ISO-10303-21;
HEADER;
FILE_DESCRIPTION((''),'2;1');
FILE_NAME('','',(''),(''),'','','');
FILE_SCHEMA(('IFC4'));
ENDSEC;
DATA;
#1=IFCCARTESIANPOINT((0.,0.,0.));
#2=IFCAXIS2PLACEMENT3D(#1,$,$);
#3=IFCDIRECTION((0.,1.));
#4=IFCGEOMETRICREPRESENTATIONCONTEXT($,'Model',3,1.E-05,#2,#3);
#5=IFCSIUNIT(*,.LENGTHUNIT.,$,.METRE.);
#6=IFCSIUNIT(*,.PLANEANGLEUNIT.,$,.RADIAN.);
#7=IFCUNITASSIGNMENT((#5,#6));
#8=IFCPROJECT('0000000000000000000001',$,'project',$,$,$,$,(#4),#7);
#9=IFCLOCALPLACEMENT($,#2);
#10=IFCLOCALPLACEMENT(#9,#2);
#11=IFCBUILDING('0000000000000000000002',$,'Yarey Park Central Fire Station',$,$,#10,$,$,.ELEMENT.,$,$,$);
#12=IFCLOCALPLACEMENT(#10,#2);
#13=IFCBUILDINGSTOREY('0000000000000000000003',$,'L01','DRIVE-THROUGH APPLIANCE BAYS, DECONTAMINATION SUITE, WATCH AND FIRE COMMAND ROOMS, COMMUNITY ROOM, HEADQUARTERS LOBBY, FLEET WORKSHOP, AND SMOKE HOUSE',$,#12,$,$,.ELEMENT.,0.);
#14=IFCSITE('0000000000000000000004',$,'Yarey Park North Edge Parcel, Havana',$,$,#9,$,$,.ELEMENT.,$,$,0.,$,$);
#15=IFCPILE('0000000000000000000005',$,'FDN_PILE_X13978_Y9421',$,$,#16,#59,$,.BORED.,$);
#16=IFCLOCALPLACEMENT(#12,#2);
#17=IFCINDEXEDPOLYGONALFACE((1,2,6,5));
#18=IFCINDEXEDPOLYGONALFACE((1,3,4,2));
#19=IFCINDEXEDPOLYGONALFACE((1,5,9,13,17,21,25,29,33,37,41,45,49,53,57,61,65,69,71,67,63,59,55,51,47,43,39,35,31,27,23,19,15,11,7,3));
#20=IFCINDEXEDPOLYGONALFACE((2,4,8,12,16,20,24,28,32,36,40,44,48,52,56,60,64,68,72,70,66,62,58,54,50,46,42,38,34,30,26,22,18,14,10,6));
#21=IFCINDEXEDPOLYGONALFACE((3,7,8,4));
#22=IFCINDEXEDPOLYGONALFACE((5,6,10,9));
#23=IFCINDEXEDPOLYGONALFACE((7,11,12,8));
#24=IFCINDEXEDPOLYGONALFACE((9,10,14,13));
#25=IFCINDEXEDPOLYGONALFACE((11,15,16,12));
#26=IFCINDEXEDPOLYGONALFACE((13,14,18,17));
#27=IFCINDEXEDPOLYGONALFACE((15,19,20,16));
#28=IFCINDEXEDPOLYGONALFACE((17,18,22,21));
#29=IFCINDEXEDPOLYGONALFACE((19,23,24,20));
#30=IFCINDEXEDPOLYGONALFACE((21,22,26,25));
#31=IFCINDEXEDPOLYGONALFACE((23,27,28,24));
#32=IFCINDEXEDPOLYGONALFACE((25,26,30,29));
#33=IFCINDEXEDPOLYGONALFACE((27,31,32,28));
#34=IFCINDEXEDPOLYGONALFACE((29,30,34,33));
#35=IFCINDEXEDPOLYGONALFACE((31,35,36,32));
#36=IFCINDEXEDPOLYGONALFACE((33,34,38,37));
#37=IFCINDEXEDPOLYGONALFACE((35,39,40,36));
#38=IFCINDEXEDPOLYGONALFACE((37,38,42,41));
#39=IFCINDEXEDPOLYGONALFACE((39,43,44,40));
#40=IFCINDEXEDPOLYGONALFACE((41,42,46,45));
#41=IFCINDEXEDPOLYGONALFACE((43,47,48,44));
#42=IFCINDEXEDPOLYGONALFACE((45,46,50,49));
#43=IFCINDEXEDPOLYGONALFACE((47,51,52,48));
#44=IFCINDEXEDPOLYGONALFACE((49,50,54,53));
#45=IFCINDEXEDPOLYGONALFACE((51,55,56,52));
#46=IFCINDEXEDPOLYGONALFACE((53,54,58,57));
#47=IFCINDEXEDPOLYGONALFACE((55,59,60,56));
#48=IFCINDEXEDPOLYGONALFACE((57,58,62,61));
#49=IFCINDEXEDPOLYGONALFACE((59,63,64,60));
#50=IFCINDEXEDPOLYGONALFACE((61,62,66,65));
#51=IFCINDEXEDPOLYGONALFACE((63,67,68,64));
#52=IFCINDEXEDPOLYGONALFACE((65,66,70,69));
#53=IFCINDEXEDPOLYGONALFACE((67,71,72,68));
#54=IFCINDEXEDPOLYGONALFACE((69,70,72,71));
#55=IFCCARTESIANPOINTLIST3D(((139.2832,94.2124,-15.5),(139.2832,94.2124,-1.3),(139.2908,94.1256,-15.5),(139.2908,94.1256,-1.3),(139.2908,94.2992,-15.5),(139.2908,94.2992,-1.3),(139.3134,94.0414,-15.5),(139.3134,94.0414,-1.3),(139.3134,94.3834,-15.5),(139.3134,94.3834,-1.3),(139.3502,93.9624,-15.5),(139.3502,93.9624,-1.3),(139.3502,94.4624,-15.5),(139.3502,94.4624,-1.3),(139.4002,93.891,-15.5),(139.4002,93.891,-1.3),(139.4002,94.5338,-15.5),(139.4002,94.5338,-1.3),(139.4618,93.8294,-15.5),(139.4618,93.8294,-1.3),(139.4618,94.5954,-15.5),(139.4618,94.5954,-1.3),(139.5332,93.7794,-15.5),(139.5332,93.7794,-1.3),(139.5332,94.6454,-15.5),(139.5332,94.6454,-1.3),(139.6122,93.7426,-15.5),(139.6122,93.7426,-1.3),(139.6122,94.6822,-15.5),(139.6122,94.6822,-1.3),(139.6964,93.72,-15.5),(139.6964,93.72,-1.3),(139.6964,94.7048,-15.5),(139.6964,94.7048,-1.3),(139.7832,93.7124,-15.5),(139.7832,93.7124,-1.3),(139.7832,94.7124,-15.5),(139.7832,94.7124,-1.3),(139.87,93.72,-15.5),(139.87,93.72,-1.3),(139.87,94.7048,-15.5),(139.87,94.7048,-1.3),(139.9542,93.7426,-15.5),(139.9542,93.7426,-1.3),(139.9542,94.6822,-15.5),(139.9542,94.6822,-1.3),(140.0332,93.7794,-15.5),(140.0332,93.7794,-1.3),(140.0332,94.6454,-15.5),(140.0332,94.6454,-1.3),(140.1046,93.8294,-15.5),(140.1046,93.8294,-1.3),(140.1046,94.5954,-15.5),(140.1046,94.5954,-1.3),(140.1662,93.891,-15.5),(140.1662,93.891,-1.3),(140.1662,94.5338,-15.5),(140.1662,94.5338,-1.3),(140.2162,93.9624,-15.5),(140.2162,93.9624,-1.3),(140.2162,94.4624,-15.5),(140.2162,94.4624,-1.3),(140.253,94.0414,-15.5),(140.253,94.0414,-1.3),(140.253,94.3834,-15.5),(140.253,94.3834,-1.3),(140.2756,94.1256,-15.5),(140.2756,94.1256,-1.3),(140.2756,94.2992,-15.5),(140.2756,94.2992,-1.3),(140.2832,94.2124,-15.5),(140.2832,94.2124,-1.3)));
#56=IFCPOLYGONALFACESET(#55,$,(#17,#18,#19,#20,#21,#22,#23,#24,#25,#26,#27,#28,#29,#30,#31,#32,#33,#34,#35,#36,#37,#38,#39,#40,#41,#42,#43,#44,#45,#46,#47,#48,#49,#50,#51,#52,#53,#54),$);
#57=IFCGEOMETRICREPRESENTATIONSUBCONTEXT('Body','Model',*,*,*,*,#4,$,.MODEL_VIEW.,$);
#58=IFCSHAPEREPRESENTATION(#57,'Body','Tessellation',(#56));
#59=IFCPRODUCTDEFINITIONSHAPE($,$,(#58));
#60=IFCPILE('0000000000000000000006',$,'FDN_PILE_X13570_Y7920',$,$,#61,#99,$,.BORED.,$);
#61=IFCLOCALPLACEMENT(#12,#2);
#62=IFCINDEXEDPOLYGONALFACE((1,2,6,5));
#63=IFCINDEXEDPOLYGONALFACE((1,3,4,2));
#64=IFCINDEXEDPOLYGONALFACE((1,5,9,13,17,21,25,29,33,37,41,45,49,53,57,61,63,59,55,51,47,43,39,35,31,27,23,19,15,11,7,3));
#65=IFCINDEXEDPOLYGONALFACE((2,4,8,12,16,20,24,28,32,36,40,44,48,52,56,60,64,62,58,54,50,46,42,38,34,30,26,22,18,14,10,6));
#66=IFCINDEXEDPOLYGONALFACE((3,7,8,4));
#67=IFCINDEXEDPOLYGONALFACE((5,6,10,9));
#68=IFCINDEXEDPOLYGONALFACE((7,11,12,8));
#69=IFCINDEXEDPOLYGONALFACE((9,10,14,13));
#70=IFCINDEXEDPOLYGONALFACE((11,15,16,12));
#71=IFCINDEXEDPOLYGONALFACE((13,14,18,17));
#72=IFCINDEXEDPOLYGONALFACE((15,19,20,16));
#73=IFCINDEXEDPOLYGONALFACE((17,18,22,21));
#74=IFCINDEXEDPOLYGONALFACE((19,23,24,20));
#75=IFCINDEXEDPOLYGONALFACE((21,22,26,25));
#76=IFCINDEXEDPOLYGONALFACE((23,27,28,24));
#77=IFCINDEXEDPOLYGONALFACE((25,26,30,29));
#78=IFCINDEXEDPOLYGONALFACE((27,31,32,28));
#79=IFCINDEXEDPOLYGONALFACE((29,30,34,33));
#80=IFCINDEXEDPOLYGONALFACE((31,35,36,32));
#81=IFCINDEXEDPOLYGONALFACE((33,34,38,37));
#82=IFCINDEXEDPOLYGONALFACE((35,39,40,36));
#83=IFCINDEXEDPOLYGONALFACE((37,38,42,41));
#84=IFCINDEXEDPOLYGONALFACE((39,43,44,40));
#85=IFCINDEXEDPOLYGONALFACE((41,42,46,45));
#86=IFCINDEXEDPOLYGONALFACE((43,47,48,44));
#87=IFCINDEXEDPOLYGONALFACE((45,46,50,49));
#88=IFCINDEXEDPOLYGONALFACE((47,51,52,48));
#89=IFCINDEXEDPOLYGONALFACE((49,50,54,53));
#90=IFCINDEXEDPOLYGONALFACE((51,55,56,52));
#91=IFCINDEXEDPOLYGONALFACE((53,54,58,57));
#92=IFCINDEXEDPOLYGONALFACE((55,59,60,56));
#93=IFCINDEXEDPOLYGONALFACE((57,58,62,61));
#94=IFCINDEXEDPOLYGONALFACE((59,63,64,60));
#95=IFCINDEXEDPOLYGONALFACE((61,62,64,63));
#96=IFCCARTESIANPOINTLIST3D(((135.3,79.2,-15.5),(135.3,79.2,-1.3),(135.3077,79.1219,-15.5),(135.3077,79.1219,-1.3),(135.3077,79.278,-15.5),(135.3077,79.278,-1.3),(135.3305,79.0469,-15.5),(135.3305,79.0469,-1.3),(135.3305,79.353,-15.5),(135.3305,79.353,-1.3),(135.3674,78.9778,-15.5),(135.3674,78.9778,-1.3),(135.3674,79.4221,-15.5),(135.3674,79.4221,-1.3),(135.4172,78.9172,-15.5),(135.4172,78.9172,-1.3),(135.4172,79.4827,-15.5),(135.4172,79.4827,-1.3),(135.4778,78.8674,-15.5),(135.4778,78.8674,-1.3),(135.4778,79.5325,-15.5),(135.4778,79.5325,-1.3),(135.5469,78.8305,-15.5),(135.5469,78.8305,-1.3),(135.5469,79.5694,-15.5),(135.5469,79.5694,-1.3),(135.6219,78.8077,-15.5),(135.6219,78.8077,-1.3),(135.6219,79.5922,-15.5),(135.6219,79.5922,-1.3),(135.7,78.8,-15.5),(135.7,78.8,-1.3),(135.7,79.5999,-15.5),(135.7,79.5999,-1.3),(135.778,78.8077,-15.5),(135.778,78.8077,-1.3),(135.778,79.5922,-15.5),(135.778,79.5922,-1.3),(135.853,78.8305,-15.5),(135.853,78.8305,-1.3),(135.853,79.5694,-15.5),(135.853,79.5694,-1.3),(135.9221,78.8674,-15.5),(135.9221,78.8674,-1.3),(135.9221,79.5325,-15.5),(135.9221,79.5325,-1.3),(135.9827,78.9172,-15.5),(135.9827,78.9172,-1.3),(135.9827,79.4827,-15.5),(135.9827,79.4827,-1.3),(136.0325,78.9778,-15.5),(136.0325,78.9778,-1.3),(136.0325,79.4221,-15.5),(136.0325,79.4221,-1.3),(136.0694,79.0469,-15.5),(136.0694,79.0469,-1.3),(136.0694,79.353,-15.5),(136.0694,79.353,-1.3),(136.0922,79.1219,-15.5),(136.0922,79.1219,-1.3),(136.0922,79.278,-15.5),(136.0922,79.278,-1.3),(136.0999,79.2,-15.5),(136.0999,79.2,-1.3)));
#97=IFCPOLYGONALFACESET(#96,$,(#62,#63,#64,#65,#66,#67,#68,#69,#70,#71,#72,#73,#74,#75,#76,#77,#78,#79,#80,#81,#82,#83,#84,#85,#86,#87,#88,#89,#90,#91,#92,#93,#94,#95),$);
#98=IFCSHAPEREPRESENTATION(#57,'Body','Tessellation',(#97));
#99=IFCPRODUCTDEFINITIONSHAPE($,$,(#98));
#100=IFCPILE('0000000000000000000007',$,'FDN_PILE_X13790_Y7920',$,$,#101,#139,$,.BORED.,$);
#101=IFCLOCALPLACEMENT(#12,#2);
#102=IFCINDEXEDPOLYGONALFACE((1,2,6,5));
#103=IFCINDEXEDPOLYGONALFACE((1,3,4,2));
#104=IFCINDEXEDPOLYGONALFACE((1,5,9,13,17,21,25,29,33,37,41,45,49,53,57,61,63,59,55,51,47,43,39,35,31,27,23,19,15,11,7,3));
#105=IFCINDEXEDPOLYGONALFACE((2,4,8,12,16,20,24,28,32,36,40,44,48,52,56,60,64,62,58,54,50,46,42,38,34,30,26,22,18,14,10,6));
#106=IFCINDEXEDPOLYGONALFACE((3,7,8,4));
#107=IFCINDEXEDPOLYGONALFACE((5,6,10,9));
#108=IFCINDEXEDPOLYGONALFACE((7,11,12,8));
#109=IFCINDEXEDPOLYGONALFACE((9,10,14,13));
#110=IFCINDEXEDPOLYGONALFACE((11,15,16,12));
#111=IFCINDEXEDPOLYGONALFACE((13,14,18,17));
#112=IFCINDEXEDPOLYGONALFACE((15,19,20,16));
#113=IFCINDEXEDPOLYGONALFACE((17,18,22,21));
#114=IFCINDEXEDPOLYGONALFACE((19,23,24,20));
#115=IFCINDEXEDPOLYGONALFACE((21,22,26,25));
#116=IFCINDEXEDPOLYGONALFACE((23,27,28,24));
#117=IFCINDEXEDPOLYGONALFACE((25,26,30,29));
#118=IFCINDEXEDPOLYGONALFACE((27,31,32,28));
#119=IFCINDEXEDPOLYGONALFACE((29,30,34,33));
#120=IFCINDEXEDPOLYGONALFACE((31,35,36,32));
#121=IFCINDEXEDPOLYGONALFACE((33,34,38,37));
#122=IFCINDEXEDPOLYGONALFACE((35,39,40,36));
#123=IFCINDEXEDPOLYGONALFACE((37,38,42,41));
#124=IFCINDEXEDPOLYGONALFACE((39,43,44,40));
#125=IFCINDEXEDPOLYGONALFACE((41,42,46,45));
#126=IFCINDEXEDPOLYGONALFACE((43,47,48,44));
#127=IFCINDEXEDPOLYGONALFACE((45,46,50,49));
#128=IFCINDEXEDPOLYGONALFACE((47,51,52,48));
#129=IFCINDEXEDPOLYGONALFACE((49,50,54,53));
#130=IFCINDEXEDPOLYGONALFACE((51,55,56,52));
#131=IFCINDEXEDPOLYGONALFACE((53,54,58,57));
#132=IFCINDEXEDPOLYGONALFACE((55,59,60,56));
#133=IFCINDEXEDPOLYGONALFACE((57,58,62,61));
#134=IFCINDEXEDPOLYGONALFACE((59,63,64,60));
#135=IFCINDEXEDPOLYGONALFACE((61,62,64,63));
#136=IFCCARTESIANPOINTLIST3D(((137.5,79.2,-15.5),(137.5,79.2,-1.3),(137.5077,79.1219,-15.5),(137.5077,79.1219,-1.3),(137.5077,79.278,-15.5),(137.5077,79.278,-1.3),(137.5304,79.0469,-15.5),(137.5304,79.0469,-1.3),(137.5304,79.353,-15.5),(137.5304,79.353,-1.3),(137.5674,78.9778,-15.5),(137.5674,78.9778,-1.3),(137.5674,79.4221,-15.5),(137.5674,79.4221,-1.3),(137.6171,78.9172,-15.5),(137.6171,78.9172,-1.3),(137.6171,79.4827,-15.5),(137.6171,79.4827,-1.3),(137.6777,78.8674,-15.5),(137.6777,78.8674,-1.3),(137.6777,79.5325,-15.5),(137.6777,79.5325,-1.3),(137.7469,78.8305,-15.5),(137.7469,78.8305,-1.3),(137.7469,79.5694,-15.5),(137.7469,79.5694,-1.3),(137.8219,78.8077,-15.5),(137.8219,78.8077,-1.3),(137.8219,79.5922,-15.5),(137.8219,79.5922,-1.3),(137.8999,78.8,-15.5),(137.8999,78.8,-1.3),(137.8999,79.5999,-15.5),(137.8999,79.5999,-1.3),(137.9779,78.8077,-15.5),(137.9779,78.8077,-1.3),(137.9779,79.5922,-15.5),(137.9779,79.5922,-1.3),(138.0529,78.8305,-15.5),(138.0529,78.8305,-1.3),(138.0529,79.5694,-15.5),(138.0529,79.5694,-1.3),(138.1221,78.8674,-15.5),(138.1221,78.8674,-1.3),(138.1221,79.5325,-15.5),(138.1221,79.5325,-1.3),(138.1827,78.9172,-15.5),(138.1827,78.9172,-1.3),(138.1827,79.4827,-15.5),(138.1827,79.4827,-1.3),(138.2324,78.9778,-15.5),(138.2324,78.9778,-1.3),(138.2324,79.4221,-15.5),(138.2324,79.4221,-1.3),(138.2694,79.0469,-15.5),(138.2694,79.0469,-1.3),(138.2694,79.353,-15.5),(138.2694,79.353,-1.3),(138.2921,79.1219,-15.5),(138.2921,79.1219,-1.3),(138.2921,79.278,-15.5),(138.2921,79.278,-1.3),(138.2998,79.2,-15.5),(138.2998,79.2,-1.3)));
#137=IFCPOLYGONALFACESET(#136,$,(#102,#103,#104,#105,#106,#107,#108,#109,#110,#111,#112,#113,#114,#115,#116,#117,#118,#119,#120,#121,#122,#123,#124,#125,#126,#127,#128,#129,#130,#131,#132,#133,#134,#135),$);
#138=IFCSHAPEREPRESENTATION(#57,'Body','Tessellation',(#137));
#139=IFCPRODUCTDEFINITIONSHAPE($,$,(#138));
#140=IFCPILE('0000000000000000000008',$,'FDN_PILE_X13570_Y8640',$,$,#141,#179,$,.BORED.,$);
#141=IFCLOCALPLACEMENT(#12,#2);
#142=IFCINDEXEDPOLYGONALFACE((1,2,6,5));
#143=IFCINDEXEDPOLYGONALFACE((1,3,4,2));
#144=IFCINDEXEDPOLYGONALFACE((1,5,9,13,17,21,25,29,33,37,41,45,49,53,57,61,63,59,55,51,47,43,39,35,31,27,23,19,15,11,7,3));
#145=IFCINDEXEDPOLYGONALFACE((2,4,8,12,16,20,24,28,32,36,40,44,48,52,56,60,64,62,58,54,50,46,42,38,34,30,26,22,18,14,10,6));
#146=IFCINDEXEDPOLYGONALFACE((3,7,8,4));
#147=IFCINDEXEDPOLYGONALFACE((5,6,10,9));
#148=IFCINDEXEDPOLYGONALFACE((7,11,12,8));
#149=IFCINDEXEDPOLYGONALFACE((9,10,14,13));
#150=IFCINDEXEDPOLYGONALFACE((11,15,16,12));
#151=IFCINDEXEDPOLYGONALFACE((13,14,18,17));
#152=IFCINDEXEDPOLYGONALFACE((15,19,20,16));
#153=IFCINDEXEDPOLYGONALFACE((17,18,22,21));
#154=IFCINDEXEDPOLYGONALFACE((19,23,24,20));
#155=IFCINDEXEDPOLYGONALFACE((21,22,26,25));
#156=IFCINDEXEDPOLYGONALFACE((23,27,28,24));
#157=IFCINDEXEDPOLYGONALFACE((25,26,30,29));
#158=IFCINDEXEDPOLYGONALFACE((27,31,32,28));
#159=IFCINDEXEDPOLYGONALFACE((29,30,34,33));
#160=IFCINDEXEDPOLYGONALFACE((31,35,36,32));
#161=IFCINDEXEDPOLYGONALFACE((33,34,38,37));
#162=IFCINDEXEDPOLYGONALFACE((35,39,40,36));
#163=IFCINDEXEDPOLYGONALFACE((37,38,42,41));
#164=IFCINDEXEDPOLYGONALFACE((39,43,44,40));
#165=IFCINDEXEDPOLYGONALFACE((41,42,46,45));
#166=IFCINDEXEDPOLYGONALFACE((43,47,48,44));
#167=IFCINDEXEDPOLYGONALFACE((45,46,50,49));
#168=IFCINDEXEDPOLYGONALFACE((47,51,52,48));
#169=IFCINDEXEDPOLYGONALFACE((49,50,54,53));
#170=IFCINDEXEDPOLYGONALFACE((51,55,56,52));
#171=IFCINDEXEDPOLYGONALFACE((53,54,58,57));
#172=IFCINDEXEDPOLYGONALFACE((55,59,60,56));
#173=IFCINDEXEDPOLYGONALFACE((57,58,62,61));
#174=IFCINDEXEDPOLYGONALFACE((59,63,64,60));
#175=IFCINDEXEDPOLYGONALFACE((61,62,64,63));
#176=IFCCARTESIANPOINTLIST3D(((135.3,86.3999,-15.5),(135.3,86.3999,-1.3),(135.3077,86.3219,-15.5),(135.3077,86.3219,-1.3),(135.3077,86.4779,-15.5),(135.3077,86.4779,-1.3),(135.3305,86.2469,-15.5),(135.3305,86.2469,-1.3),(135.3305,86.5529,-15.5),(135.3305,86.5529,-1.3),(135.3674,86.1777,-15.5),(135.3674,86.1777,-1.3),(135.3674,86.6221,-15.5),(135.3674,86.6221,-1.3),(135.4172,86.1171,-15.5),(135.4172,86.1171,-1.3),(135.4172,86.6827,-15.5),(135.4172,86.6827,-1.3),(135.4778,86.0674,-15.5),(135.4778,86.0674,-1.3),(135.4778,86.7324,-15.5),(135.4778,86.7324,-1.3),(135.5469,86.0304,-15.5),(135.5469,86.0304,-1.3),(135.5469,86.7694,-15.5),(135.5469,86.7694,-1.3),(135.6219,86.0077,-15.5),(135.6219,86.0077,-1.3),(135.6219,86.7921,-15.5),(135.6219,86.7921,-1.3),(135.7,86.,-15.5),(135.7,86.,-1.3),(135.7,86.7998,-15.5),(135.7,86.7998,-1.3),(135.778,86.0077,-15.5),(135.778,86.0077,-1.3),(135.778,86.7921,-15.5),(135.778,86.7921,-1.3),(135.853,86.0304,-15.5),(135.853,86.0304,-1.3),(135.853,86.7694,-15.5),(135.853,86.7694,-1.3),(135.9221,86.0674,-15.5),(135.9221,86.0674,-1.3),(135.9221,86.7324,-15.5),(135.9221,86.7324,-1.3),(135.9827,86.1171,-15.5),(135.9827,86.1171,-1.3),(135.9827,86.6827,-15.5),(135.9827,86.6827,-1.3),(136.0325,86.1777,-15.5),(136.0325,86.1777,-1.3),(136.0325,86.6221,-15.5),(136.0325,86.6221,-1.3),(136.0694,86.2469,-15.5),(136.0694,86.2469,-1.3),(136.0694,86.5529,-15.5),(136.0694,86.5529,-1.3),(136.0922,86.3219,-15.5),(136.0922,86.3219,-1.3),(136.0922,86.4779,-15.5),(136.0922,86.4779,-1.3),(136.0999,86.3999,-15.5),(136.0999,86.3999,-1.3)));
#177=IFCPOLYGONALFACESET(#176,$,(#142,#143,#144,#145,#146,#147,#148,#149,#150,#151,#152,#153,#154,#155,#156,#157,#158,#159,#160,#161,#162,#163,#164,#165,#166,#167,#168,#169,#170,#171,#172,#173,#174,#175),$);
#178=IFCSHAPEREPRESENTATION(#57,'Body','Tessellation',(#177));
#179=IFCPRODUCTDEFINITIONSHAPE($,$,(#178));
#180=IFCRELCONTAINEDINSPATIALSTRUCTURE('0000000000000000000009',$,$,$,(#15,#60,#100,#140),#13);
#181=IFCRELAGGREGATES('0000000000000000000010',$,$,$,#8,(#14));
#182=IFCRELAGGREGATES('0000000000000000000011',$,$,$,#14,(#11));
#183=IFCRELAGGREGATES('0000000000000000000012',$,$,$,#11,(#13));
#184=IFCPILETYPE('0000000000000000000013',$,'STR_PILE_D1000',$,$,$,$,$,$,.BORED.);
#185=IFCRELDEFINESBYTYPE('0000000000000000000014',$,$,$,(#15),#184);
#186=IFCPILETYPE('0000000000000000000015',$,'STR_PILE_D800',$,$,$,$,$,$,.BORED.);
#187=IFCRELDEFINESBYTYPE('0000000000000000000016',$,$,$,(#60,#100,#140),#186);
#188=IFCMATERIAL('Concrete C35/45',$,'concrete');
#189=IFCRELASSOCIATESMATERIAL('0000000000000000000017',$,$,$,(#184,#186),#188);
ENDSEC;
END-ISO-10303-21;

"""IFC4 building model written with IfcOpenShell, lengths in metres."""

from ifc_helpers import new_model, si_unit, direction, frame, origin, origin_2d, place, context, subcontext, project, spatial, circle, extrude, material, material_profile, profile_set, type_object, element, save


model = new_model("IFC4")

# Units and contexts
model_context = context("Model", 3, precision=1e-05, world=origin(), true_north=direction((0.0, 1.0)))
body_context = subcontext(model_context, "Body", "Model", "MODEL_VIEW")
ifc_project = project(units=[si_unit("LENGTHUNIT", "METRE"), si_unit("PLANEANGLEUNIT", "RADIAN")], contexts=[model_context])

# Site, building, storey
site_placement = place(None, origin())
site = spatial("IfcSite", under=ifc_project, at=site_placement, Name="Yarey Park North Edge Parcel, Havana", CompositionType="ELEMENT", RefElevation=0.0)
building_placement = place(site_placement, origin())
building = spatial("IfcBuilding", under=site, at=building_placement, Name="Yarey Park Central Fire Station", CompositionType="ELEMENT")
storey_placement = place(building_placement, origin())
storey = spatial("IfcBuildingStorey", under=building, at=storey_placement, Name="L01", Description="DRIVE-THROUGH APPLIANCE BAYS, DECONTAMINATION SUITE, WATCH AND FIRE COMMAND ROOMS, COMMUNITY ROOM, HEADQUARTERS LOBBY, FLEET WORKSHOP, AND SMOKE HOUSE", CompositionType="ELEMENT", Elevation=0.0)

# Shared definitions
ifc_material_1 = material(Name="Concrete C35/45", Category="concrete")

# Piles
ifc_material_profile_1 = material_profile(ifc_material_1, circle(Radius=0.5, at=origin_2d()), Name="BORED PILE D1000")
ifc_profile_set_1 = profile_set([ifc_material_profile_1], Name="Concrete C35/45")
pile_type_1 = type_object("IfcPileType", Name="STR_PILE_D1000", PredefinedType="BORED", material=ifc_profile_set_1)
for number, where, z_axis, x_axis, name in (
    (1, (139.7832, 94.2124, -1.3), (0.0, 0.0, -1.0), (1.0, 0.0, 0.0), "FDN_PILE_X13978_Y9421"),
):
    element("IfcPile", number, at=place(storey_placement, frame(where, z_axis=z_axis, x_axis=x_axis)), inside=storey, type_object=pile_type_1, Name=name, PredefinedType="BORED", context=body_context, shape_type="SweptSolid", body=[
        extrude(circle(Radius=0.5, at=origin_2d()), origin(), (0.0, 0.0, 1.0), 14.2),
    ])
ifc_material_profile_2 = material_profile(ifc_material_1, circle(Radius=0.3999, at=origin_2d()), Name="BORED PILE D800")
ifc_profile_set_2 = profile_set([ifc_material_profile_2], Name="Concrete C35/45")
pile_type_2 = type_object("IfcPileType", Name="STR_PILE_D800", PredefinedType="BORED", material=ifc_profile_set_2)
for number, where, z_axis, x_axis, name in (
    (2, (135.7, 79.2, -1.3), (0.0, 0.0, -1.0), (1.0, 0.0, 0.0), "FDN_PILE_X13570_Y7920"),
    (3, (137.8999, 79.2, -1.3), (0.0, 0.0, -1.0), (1.0, 0.0, 0.0), "FDN_PILE_X13790_Y7920"),
    (4, (135.7, 86.3999, -1.3), (0.0, 0.0, -1.0), (1.0, 0.0, 0.0), "FDN_PILE_X13570_Y8640"),
):
    element("IfcPile", number, at=place(storey_placement, frame(where, z_axis=z_axis, x_axis=x_axis)), inside=storey, type_object=pile_type_2, Name=name, PredefinedType="BORED", context=body_context, shape_type="SweptSolid", body=[
        extrude(circle(Radius=0.3999, at=origin_2d()), origin(), (0.0, 0.0, 1.0), 14.2),
    ])

save(model, "model.ifc")
